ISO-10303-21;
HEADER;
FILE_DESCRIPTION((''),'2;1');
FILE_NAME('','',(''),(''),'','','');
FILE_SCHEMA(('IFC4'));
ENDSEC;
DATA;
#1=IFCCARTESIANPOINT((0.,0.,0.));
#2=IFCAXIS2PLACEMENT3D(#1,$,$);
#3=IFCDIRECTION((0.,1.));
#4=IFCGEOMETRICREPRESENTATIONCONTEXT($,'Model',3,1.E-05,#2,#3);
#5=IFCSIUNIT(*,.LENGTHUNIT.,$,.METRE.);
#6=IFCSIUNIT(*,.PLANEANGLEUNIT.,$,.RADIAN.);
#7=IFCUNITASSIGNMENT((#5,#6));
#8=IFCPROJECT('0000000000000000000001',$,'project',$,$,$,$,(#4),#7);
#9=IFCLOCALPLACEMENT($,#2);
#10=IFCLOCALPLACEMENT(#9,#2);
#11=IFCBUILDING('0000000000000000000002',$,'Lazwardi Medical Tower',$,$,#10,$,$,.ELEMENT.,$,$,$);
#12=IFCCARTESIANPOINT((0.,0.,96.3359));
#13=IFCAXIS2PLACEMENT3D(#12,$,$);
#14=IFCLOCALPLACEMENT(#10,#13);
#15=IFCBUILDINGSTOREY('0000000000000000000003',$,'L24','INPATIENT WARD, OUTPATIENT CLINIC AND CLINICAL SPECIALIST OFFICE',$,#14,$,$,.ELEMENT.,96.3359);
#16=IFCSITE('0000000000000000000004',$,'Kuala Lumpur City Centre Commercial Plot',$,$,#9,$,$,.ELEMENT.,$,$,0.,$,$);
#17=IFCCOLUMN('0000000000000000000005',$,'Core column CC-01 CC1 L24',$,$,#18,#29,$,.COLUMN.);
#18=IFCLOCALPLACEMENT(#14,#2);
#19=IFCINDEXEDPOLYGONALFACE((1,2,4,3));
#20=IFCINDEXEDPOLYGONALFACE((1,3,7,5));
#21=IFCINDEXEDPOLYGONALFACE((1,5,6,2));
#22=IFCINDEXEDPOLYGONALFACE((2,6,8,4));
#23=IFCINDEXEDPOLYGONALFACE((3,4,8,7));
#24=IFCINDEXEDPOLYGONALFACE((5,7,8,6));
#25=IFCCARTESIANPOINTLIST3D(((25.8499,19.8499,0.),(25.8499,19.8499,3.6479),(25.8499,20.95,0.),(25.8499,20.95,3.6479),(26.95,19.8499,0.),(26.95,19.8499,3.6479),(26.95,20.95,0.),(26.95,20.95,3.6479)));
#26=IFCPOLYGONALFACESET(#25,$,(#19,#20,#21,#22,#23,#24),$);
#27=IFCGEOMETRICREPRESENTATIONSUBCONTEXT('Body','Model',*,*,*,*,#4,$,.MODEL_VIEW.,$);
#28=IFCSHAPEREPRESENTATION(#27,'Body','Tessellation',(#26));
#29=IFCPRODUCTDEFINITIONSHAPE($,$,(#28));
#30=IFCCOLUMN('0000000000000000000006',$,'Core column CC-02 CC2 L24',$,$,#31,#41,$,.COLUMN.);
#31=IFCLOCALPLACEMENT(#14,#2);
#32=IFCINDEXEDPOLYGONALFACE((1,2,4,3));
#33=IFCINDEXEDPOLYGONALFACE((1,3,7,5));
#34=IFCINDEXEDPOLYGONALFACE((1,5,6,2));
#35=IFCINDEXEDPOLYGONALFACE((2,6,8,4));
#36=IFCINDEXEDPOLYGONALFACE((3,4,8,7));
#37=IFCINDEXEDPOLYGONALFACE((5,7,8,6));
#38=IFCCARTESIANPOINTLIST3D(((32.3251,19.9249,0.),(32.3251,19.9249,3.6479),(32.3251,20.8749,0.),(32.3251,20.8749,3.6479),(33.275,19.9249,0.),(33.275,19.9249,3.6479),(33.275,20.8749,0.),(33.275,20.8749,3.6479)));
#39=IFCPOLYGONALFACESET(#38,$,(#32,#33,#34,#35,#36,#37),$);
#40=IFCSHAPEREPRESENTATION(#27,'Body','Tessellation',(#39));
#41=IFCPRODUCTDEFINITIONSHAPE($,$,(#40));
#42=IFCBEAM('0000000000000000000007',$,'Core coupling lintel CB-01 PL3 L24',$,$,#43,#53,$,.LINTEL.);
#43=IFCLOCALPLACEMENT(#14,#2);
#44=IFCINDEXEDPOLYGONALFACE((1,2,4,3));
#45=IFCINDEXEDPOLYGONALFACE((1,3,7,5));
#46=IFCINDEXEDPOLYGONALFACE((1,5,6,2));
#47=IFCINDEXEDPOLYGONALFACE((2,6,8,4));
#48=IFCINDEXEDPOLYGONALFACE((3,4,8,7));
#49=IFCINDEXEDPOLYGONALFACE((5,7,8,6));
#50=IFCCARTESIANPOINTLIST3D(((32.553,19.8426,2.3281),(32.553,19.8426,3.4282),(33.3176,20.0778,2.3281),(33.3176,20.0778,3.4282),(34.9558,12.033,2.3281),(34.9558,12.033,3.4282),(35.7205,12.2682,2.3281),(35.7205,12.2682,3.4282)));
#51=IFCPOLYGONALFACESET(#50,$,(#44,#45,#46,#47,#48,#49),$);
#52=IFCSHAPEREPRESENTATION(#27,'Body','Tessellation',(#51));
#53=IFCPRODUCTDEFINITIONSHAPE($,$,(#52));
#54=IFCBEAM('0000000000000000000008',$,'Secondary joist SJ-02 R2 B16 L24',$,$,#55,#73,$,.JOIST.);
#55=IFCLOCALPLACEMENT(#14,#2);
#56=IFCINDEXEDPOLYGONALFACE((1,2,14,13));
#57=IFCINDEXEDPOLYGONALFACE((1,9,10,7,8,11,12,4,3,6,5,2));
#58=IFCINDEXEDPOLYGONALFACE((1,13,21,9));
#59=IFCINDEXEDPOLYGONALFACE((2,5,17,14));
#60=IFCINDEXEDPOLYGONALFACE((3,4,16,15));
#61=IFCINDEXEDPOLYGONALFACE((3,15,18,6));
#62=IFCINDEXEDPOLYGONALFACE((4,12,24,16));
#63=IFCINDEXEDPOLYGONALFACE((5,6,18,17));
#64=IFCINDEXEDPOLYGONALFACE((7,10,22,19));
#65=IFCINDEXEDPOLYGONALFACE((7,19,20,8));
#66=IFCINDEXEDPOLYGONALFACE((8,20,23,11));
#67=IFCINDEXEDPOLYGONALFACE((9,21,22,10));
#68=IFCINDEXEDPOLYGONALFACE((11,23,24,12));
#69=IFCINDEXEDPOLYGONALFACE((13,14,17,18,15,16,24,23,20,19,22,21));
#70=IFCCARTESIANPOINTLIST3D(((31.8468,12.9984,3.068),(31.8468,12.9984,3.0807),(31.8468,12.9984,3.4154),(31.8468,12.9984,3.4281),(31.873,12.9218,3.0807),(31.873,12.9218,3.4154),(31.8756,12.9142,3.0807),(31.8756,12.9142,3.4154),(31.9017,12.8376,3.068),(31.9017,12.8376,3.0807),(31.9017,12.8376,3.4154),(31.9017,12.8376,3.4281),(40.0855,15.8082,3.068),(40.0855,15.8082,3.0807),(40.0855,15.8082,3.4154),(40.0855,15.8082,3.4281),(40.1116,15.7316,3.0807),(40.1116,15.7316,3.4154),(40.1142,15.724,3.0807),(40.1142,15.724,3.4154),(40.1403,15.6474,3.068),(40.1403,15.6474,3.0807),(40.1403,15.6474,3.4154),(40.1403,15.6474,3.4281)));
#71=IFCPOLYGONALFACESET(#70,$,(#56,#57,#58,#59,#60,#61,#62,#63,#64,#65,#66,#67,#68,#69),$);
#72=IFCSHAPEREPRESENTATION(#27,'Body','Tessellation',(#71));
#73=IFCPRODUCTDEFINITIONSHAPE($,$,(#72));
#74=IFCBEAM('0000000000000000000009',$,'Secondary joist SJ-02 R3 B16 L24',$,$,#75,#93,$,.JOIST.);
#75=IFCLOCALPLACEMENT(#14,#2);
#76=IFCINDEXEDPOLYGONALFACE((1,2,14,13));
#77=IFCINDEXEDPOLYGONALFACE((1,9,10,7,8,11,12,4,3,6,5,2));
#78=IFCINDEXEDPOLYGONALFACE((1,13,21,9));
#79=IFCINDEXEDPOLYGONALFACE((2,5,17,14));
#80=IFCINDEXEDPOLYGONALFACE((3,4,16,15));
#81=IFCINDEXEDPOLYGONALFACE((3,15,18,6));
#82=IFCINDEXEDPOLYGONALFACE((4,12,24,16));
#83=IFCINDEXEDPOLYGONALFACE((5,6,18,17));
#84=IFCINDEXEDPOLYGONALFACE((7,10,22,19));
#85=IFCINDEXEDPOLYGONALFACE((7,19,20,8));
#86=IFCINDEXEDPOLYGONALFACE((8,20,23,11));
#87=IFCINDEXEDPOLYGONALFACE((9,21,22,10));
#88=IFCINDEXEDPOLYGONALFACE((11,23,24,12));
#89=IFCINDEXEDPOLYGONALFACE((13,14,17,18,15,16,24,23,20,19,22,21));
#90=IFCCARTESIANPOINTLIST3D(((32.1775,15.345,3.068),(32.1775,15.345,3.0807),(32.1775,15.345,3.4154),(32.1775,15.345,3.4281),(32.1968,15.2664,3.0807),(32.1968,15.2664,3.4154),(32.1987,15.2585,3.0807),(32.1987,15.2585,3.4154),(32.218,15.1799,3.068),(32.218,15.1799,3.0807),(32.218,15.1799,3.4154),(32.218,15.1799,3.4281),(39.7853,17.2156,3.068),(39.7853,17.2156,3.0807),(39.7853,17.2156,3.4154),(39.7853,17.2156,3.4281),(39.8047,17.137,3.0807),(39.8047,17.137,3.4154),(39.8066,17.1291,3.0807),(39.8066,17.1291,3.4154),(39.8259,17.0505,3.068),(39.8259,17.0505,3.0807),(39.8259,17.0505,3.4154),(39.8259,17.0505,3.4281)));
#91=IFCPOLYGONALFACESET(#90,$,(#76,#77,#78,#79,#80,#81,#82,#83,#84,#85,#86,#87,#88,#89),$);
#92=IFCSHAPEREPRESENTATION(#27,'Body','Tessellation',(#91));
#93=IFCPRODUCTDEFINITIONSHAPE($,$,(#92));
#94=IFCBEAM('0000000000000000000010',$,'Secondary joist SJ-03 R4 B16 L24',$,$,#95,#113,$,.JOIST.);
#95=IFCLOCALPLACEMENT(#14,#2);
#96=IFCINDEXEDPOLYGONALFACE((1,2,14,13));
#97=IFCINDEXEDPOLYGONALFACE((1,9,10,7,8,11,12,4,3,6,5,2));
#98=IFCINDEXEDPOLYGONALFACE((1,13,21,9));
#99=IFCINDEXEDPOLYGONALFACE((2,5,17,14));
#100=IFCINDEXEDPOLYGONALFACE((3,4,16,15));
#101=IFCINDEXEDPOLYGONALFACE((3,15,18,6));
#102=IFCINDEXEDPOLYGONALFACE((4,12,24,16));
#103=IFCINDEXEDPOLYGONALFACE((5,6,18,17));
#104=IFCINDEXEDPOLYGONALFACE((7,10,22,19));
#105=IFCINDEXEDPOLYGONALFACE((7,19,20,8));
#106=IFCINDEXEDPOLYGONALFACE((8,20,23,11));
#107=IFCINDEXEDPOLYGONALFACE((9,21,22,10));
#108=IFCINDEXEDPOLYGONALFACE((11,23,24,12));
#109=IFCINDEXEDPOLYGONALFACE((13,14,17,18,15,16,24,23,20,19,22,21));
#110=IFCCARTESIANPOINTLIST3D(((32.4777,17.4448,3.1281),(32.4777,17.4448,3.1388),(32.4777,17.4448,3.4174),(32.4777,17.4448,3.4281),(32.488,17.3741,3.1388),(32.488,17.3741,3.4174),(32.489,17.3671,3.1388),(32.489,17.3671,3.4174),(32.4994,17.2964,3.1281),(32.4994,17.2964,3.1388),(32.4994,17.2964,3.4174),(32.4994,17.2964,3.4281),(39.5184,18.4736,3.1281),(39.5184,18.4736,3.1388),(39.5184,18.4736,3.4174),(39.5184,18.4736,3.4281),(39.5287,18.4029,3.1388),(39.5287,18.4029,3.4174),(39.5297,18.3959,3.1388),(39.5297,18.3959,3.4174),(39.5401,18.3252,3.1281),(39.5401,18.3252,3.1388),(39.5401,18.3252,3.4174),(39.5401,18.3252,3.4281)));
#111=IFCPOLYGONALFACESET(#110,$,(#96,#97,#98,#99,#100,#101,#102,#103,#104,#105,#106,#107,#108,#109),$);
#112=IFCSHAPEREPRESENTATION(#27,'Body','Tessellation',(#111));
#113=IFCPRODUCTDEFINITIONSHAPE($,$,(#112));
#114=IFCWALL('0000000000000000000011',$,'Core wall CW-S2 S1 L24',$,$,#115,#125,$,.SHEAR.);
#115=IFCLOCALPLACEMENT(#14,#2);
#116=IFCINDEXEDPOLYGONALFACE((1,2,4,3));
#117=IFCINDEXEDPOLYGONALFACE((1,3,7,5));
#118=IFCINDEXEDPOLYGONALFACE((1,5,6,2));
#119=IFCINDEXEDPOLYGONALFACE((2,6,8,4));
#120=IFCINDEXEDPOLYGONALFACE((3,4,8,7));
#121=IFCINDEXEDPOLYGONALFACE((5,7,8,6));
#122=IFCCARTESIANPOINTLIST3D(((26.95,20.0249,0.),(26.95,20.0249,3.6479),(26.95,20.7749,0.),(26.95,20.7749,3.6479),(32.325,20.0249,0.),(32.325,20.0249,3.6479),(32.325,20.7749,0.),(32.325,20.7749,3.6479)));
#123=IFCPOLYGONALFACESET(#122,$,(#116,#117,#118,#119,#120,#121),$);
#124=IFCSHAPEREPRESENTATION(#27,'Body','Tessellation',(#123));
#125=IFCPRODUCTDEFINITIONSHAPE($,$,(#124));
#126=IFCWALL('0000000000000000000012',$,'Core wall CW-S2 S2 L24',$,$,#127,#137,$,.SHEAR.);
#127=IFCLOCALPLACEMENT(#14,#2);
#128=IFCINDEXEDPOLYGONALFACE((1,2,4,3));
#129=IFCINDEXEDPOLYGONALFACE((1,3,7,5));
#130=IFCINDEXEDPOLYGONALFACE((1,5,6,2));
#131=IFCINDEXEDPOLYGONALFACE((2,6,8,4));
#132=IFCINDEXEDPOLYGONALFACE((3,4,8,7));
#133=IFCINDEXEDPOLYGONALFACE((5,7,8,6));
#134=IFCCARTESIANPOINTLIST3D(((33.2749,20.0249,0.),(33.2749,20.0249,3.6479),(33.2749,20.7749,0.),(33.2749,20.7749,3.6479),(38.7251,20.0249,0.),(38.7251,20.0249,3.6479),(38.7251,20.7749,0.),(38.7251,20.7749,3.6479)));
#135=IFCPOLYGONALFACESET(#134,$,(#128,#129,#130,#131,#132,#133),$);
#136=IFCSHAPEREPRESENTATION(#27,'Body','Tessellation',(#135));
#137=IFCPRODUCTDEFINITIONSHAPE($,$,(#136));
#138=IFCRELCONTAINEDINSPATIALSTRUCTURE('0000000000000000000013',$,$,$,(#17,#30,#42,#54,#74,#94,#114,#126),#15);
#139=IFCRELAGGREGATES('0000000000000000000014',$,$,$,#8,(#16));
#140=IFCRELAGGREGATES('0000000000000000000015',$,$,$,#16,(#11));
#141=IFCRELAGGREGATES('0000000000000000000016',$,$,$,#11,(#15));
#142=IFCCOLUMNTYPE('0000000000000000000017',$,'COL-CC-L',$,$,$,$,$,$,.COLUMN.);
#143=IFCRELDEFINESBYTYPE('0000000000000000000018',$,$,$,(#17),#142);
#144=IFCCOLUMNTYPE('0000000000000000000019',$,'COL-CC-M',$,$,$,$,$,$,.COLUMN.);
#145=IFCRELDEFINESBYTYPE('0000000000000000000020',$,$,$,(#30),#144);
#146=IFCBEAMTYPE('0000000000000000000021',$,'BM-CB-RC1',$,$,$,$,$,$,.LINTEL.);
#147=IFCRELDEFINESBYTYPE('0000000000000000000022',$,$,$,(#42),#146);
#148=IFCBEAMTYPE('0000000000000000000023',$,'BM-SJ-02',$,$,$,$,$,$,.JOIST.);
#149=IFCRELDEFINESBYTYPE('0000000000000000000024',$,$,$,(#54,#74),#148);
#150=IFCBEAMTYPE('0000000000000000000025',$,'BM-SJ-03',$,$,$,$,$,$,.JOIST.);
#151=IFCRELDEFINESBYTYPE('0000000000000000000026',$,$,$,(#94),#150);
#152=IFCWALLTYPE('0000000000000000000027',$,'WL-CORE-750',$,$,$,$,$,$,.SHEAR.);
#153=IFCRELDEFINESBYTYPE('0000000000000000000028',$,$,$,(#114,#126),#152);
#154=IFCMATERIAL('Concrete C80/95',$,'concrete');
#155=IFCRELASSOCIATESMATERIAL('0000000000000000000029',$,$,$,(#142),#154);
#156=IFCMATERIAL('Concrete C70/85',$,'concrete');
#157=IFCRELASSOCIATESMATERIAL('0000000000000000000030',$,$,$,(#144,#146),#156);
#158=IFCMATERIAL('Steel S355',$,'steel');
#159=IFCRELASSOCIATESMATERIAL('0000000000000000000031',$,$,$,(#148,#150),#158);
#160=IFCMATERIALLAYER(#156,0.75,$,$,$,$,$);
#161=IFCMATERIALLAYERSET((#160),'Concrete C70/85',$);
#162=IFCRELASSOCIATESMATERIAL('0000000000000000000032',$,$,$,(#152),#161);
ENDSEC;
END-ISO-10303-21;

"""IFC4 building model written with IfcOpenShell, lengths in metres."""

from ifc_helpers import new_model, si_unit, direction, frame, frame_2d, origin, origin_2d, place, context, subcontext, project, spatial, rectangle, i_section, extrude, material, layer, layer_set, material_profile, profile_set, type_object, element, save


model = new_model("IFC4")

# Units and contexts
model_context = context("Model", 3, precision=1e-05, world=origin(), true_north=direction((0.0, 1.0)))
body_context = subcontext(model_context, "Body", "Model", "MODEL_VIEW")
ifc_project = project(units=[si_unit("LENGTHUNIT", "METRE"), si_unit("PLANEANGLEUNIT", "RADIAN")], contexts=[model_context])

# Site, building, storey
site_placement = place(None, origin())
site = spatial("IfcSite", under=ifc_project, at=site_placement, Name="Kuala Lumpur City Centre Commercial Plot", CompositionType="ELEMENT", RefElevation=0.0)
building_placement = place(site_placement, origin())
building = spatial("IfcBuilding", under=site, at=building_placement, Name="Lazwardi Medical Tower", CompositionType="ELEMENT")
storey_placement = place(building_placement, frame((0.0, 0.0, 96.3359)))
storey = spatial("IfcBuildingStorey", under=building, at=storey_placement, Name="L24", Description="INPATIENT WARD, OUTPATIENT CLINIC AND CLINICAL SPECIALIST OFFICE", CompositionType="ELEMENT", Elevation=96.3359)

# Columns
ifc_material_1 = material(Name="Concrete C80/95", Category="concrete")
ifc_material_profile_1 = material_profile(ifc_material_1, rectangle(XDim=1.1001, YDim=1.1001, at=origin_2d()), Name="RC 1100x1100")
ifc_profile_set_1 = profile_set([ifc_material_profile_1], Name="Concrete C80/95")
column_type_1 = type_object("IfcColumnType", Name="COL-CC-L", PredefinedType="COLUMN", material=ifc_profile_set_1)
column_1_placement = place(storey_placement, frame((26.3999, 20.3999, 0.0), z_axis=(0.0, 0.0, 1.0), x_axis=(1.0, 0.0, 0.0)))
element("IfcColumn", 1, at=column_1_placement, inside=storey, type_object=column_type_1, Name="Core column CC-01 CC1 L24", PredefinedType="COLUMN", context=body_context, shape_type="SweptSolid", body=[
    extrude(rectangle(XDim=1.1001, YDim=1.1001, at=origin_2d()), origin(), (0.0, 0.0, 1.0), 3.6479),
])
ifc_material_2 = material(Name="Concrete C70/85", Category="concrete")
ifc_material_profile_2 = material_profile(ifc_material_2, rectangle(XDim=0.95, YDim=0.95, at=origin_2d()), Name="RC 950x950")
ifc_profile_set_2 = profile_set([ifc_material_profile_2], Name="Concrete C70/85")
column_type_2 = type_object("IfcColumnType", Name="COL-CC-M", PredefinedType="COLUMN", material=ifc_profile_set_2)
column_2_placement = place(storey_placement, frame((32.8, 20.3999, 0.0), z_axis=(0.0, 0.0, 1.0), x_axis=(1.0, 0.0, 0.0)))
element("IfcColumn", 2, at=column_2_placement, inside=storey, type_object=column_type_2, Name="Core column CC-02 CC2 L24", PredefinedType="COLUMN", context=body_context, shape_type="SweptSolid", body=[
    extrude(rectangle(XDim=0.95, YDim=0.95, at=origin_2d()), origin(), (0.0, 0.0, 1.0), 3.6479),
])

# Beams
ifc_material_profile_3 = material_profile(ifc_material_2, rectangle(XDim=0.8, YDim=1.1001, at=origin_2d()), Name="RC 800x1100")
ifc_profile_set_3 = profile_set([ifc_material_profile_3], Name="Concrete C70/85")
beam_type_1 = type_object("IfcBeamType", Name="BM-CB-RC1", PredefinedType="LINTEL", material=ifc_profile_set_3)
beam_1_placement = place(storey_placement, frame((32.9353, 19.9602, 2.8782), z_axis=(0.294073, -0.955783, 0.0), x_axis=(0.955783, 0.294073, 0.0)))
element("IfcBeam", 3, at=beam_1_placement, inside=storey, type_object=beam_type_1, Name="Core coupling lintel CB-01 PL3 L24", PredefinedType="LINTEL", context=body_context, shape_type="SweptSolid", body=[
    extrude(rectangle(XDim=0.8, YDim=1.1001, at=origin_2d()), origin(), (0.0, 0.0, 1.0), 8.1709),
])
ifc_material_3 = material(Name="Steel S355", Category="steel")
ifc_material_profile_4 = material_profile(ifc_material_3, i_section(OverallWidth=0.1699, OverallDepth=0.3601, WebThickness=0.0081, FlangeThickness=0.0127, at=origin_2d()), Name="IPE 360")
ifc_profile_set_4 = profile_set([ifc_material_profile_4], Name="Steel S355")
beam_type_2 = type_object("IfcBeamType", Name="BM-SJ-02", PredefinedType="JOIST", material=ifc_profile_set_4)
beam_2_placement = place(storey_placement, frame((31.8743, 12.918, 3.248), z_axis=(0.946467, 0.3228, 0.0), x_axis=(-0.3228, 0.946467, 0.0)))
element("IfcBeam", 4, at=beam_2_placement, inside=storey, type_object=beam_type_2, Name="Secondary joist SJ-02 R2 B16 L24", PredefinedType="JOIST", context=body_context, shape_type="SweptSolid", body=[
    extrude(i_section(OverallWidth=0.1699, OverallDepth=0.3601, WebThickness=0.0081, FlangeThickness=0.0127, at=origin_2d()), origin(), (0.0, 0.0, 1.0), 8.7046),
])
beam_3_placement = place(storey_placement, frame((32.1978, 15.2625, 3.248), z_axis=(0.971077, 0.238765, 0.0), x_axis=(-0.238765, 0.971077, 0.0)))
element("IfcBeam", 5, at=beam_3_placement, inside=storey, type_object=beam_type_2, Name="Secondary joist SJ-02 R3 B16 L24", PredefinedType="JOIST", context=body_context, shape_type="SweptSolid", body=[
    extrude(i_section(OverallWidth=0.1699, OverallDepth=0.3601, WebThickness=0.0081, FlangeThickness=0.0127, at=origin_2d()), origin(), (0.0, 0.0, 1.0), 7.8345),
])
ifc_material_profile_5 = material_profile(ifc_material_3, i_section(OverallWidth=0.1499, OverallDepth=0.3, WebThickness=0.0071, FlangeThickness=0.0107, at=origin_2d()), Name="IPE 300")
ifc_profile_set_5 = profile_set([ifc_material_profile_5], Name="Steel S355")
beam_type_3 = type_object("IfcBeamType", Name="BM-SJ-03", PredefinedType="JOIST", material=ifc_profile_set_5)
beam_4_placement = place(storey_placement, frame((32.4885, 17.3706, 3.2781), z_axis=(0.989492, 0.144586, 0.0), x_axis=(-0.144586, 0.989492, 0.0)))
element("IfcBeam", 6, at=beam_4_placement, inside=storey, type_object=beam_type_3, Name="Secondary joist SJ-03 R4 B16 L24", PredefinedType="JOIST", context=body_context, shape_type="SweptSolid", body=[
    extrude(i_section(OverallWidth=0.1499, OverallDepth=0.3, WebThickness=0.0071, FlangeThickness=0.0107, at=origin_2d()), origin(), (0.0, 0.0, 1.0), 7.1155),
])

# Shared definitions
ifc_layer_1 = layer(ifc_material_2, 0.75)
ifc_layer_set_1 = layer_set([ifc_layer_1], Name="Concrete C70/85")
wall_type_1 = type_object("IfcWallType", Name="WL-CORE-750", PredefinedType="SHEAR", material=ifc_layer_set_1)

# Walls
wall_1_placement = place(storey_placement, frame((26.95, 20.3999, 0.0), z_axis=(0.0, 0.0, 1.0), x_axis=(1.0, 0.0, 0.0)))
element("IfcWall", 7, at=wall_1_placement, inside=storey, type_object=wall_type_1, Name="Core wall CW-S2 S1 L24", PredefinedType="SHEAR", context=body_context, shape_type="SweptSolid", body=[
    extrude(rectangle(XDim=5.375, YDim=0.75, at=frame_2d((2.6875, 0.0))), origin(), (0.0, 0.0, 1.0), 3.6479),
])
wall_2_placement = place(storey_placement, frame((33.2749, 20.3999, 0.0), z_axis=(0.0, 0.0, 1.0), x_axis=(1.0, 0.0, 0.0)))
element("IfcWall", 8, at=wall_2_placement, inside=storey, type_object=wall_type_1, Name="Core wall CW-S2 S2 L24", PredefinedType="SHEAR", context=body_context, shape_type="SweptSolid", body=[
    extrude(rectangle(XDim=5.4502, YDim=0.75, at=frame_2d((2.7251, 0.0))), origin(), (0.0, 0.0, 1.0), 3.6479),
])

save(model, "model.ifc")
